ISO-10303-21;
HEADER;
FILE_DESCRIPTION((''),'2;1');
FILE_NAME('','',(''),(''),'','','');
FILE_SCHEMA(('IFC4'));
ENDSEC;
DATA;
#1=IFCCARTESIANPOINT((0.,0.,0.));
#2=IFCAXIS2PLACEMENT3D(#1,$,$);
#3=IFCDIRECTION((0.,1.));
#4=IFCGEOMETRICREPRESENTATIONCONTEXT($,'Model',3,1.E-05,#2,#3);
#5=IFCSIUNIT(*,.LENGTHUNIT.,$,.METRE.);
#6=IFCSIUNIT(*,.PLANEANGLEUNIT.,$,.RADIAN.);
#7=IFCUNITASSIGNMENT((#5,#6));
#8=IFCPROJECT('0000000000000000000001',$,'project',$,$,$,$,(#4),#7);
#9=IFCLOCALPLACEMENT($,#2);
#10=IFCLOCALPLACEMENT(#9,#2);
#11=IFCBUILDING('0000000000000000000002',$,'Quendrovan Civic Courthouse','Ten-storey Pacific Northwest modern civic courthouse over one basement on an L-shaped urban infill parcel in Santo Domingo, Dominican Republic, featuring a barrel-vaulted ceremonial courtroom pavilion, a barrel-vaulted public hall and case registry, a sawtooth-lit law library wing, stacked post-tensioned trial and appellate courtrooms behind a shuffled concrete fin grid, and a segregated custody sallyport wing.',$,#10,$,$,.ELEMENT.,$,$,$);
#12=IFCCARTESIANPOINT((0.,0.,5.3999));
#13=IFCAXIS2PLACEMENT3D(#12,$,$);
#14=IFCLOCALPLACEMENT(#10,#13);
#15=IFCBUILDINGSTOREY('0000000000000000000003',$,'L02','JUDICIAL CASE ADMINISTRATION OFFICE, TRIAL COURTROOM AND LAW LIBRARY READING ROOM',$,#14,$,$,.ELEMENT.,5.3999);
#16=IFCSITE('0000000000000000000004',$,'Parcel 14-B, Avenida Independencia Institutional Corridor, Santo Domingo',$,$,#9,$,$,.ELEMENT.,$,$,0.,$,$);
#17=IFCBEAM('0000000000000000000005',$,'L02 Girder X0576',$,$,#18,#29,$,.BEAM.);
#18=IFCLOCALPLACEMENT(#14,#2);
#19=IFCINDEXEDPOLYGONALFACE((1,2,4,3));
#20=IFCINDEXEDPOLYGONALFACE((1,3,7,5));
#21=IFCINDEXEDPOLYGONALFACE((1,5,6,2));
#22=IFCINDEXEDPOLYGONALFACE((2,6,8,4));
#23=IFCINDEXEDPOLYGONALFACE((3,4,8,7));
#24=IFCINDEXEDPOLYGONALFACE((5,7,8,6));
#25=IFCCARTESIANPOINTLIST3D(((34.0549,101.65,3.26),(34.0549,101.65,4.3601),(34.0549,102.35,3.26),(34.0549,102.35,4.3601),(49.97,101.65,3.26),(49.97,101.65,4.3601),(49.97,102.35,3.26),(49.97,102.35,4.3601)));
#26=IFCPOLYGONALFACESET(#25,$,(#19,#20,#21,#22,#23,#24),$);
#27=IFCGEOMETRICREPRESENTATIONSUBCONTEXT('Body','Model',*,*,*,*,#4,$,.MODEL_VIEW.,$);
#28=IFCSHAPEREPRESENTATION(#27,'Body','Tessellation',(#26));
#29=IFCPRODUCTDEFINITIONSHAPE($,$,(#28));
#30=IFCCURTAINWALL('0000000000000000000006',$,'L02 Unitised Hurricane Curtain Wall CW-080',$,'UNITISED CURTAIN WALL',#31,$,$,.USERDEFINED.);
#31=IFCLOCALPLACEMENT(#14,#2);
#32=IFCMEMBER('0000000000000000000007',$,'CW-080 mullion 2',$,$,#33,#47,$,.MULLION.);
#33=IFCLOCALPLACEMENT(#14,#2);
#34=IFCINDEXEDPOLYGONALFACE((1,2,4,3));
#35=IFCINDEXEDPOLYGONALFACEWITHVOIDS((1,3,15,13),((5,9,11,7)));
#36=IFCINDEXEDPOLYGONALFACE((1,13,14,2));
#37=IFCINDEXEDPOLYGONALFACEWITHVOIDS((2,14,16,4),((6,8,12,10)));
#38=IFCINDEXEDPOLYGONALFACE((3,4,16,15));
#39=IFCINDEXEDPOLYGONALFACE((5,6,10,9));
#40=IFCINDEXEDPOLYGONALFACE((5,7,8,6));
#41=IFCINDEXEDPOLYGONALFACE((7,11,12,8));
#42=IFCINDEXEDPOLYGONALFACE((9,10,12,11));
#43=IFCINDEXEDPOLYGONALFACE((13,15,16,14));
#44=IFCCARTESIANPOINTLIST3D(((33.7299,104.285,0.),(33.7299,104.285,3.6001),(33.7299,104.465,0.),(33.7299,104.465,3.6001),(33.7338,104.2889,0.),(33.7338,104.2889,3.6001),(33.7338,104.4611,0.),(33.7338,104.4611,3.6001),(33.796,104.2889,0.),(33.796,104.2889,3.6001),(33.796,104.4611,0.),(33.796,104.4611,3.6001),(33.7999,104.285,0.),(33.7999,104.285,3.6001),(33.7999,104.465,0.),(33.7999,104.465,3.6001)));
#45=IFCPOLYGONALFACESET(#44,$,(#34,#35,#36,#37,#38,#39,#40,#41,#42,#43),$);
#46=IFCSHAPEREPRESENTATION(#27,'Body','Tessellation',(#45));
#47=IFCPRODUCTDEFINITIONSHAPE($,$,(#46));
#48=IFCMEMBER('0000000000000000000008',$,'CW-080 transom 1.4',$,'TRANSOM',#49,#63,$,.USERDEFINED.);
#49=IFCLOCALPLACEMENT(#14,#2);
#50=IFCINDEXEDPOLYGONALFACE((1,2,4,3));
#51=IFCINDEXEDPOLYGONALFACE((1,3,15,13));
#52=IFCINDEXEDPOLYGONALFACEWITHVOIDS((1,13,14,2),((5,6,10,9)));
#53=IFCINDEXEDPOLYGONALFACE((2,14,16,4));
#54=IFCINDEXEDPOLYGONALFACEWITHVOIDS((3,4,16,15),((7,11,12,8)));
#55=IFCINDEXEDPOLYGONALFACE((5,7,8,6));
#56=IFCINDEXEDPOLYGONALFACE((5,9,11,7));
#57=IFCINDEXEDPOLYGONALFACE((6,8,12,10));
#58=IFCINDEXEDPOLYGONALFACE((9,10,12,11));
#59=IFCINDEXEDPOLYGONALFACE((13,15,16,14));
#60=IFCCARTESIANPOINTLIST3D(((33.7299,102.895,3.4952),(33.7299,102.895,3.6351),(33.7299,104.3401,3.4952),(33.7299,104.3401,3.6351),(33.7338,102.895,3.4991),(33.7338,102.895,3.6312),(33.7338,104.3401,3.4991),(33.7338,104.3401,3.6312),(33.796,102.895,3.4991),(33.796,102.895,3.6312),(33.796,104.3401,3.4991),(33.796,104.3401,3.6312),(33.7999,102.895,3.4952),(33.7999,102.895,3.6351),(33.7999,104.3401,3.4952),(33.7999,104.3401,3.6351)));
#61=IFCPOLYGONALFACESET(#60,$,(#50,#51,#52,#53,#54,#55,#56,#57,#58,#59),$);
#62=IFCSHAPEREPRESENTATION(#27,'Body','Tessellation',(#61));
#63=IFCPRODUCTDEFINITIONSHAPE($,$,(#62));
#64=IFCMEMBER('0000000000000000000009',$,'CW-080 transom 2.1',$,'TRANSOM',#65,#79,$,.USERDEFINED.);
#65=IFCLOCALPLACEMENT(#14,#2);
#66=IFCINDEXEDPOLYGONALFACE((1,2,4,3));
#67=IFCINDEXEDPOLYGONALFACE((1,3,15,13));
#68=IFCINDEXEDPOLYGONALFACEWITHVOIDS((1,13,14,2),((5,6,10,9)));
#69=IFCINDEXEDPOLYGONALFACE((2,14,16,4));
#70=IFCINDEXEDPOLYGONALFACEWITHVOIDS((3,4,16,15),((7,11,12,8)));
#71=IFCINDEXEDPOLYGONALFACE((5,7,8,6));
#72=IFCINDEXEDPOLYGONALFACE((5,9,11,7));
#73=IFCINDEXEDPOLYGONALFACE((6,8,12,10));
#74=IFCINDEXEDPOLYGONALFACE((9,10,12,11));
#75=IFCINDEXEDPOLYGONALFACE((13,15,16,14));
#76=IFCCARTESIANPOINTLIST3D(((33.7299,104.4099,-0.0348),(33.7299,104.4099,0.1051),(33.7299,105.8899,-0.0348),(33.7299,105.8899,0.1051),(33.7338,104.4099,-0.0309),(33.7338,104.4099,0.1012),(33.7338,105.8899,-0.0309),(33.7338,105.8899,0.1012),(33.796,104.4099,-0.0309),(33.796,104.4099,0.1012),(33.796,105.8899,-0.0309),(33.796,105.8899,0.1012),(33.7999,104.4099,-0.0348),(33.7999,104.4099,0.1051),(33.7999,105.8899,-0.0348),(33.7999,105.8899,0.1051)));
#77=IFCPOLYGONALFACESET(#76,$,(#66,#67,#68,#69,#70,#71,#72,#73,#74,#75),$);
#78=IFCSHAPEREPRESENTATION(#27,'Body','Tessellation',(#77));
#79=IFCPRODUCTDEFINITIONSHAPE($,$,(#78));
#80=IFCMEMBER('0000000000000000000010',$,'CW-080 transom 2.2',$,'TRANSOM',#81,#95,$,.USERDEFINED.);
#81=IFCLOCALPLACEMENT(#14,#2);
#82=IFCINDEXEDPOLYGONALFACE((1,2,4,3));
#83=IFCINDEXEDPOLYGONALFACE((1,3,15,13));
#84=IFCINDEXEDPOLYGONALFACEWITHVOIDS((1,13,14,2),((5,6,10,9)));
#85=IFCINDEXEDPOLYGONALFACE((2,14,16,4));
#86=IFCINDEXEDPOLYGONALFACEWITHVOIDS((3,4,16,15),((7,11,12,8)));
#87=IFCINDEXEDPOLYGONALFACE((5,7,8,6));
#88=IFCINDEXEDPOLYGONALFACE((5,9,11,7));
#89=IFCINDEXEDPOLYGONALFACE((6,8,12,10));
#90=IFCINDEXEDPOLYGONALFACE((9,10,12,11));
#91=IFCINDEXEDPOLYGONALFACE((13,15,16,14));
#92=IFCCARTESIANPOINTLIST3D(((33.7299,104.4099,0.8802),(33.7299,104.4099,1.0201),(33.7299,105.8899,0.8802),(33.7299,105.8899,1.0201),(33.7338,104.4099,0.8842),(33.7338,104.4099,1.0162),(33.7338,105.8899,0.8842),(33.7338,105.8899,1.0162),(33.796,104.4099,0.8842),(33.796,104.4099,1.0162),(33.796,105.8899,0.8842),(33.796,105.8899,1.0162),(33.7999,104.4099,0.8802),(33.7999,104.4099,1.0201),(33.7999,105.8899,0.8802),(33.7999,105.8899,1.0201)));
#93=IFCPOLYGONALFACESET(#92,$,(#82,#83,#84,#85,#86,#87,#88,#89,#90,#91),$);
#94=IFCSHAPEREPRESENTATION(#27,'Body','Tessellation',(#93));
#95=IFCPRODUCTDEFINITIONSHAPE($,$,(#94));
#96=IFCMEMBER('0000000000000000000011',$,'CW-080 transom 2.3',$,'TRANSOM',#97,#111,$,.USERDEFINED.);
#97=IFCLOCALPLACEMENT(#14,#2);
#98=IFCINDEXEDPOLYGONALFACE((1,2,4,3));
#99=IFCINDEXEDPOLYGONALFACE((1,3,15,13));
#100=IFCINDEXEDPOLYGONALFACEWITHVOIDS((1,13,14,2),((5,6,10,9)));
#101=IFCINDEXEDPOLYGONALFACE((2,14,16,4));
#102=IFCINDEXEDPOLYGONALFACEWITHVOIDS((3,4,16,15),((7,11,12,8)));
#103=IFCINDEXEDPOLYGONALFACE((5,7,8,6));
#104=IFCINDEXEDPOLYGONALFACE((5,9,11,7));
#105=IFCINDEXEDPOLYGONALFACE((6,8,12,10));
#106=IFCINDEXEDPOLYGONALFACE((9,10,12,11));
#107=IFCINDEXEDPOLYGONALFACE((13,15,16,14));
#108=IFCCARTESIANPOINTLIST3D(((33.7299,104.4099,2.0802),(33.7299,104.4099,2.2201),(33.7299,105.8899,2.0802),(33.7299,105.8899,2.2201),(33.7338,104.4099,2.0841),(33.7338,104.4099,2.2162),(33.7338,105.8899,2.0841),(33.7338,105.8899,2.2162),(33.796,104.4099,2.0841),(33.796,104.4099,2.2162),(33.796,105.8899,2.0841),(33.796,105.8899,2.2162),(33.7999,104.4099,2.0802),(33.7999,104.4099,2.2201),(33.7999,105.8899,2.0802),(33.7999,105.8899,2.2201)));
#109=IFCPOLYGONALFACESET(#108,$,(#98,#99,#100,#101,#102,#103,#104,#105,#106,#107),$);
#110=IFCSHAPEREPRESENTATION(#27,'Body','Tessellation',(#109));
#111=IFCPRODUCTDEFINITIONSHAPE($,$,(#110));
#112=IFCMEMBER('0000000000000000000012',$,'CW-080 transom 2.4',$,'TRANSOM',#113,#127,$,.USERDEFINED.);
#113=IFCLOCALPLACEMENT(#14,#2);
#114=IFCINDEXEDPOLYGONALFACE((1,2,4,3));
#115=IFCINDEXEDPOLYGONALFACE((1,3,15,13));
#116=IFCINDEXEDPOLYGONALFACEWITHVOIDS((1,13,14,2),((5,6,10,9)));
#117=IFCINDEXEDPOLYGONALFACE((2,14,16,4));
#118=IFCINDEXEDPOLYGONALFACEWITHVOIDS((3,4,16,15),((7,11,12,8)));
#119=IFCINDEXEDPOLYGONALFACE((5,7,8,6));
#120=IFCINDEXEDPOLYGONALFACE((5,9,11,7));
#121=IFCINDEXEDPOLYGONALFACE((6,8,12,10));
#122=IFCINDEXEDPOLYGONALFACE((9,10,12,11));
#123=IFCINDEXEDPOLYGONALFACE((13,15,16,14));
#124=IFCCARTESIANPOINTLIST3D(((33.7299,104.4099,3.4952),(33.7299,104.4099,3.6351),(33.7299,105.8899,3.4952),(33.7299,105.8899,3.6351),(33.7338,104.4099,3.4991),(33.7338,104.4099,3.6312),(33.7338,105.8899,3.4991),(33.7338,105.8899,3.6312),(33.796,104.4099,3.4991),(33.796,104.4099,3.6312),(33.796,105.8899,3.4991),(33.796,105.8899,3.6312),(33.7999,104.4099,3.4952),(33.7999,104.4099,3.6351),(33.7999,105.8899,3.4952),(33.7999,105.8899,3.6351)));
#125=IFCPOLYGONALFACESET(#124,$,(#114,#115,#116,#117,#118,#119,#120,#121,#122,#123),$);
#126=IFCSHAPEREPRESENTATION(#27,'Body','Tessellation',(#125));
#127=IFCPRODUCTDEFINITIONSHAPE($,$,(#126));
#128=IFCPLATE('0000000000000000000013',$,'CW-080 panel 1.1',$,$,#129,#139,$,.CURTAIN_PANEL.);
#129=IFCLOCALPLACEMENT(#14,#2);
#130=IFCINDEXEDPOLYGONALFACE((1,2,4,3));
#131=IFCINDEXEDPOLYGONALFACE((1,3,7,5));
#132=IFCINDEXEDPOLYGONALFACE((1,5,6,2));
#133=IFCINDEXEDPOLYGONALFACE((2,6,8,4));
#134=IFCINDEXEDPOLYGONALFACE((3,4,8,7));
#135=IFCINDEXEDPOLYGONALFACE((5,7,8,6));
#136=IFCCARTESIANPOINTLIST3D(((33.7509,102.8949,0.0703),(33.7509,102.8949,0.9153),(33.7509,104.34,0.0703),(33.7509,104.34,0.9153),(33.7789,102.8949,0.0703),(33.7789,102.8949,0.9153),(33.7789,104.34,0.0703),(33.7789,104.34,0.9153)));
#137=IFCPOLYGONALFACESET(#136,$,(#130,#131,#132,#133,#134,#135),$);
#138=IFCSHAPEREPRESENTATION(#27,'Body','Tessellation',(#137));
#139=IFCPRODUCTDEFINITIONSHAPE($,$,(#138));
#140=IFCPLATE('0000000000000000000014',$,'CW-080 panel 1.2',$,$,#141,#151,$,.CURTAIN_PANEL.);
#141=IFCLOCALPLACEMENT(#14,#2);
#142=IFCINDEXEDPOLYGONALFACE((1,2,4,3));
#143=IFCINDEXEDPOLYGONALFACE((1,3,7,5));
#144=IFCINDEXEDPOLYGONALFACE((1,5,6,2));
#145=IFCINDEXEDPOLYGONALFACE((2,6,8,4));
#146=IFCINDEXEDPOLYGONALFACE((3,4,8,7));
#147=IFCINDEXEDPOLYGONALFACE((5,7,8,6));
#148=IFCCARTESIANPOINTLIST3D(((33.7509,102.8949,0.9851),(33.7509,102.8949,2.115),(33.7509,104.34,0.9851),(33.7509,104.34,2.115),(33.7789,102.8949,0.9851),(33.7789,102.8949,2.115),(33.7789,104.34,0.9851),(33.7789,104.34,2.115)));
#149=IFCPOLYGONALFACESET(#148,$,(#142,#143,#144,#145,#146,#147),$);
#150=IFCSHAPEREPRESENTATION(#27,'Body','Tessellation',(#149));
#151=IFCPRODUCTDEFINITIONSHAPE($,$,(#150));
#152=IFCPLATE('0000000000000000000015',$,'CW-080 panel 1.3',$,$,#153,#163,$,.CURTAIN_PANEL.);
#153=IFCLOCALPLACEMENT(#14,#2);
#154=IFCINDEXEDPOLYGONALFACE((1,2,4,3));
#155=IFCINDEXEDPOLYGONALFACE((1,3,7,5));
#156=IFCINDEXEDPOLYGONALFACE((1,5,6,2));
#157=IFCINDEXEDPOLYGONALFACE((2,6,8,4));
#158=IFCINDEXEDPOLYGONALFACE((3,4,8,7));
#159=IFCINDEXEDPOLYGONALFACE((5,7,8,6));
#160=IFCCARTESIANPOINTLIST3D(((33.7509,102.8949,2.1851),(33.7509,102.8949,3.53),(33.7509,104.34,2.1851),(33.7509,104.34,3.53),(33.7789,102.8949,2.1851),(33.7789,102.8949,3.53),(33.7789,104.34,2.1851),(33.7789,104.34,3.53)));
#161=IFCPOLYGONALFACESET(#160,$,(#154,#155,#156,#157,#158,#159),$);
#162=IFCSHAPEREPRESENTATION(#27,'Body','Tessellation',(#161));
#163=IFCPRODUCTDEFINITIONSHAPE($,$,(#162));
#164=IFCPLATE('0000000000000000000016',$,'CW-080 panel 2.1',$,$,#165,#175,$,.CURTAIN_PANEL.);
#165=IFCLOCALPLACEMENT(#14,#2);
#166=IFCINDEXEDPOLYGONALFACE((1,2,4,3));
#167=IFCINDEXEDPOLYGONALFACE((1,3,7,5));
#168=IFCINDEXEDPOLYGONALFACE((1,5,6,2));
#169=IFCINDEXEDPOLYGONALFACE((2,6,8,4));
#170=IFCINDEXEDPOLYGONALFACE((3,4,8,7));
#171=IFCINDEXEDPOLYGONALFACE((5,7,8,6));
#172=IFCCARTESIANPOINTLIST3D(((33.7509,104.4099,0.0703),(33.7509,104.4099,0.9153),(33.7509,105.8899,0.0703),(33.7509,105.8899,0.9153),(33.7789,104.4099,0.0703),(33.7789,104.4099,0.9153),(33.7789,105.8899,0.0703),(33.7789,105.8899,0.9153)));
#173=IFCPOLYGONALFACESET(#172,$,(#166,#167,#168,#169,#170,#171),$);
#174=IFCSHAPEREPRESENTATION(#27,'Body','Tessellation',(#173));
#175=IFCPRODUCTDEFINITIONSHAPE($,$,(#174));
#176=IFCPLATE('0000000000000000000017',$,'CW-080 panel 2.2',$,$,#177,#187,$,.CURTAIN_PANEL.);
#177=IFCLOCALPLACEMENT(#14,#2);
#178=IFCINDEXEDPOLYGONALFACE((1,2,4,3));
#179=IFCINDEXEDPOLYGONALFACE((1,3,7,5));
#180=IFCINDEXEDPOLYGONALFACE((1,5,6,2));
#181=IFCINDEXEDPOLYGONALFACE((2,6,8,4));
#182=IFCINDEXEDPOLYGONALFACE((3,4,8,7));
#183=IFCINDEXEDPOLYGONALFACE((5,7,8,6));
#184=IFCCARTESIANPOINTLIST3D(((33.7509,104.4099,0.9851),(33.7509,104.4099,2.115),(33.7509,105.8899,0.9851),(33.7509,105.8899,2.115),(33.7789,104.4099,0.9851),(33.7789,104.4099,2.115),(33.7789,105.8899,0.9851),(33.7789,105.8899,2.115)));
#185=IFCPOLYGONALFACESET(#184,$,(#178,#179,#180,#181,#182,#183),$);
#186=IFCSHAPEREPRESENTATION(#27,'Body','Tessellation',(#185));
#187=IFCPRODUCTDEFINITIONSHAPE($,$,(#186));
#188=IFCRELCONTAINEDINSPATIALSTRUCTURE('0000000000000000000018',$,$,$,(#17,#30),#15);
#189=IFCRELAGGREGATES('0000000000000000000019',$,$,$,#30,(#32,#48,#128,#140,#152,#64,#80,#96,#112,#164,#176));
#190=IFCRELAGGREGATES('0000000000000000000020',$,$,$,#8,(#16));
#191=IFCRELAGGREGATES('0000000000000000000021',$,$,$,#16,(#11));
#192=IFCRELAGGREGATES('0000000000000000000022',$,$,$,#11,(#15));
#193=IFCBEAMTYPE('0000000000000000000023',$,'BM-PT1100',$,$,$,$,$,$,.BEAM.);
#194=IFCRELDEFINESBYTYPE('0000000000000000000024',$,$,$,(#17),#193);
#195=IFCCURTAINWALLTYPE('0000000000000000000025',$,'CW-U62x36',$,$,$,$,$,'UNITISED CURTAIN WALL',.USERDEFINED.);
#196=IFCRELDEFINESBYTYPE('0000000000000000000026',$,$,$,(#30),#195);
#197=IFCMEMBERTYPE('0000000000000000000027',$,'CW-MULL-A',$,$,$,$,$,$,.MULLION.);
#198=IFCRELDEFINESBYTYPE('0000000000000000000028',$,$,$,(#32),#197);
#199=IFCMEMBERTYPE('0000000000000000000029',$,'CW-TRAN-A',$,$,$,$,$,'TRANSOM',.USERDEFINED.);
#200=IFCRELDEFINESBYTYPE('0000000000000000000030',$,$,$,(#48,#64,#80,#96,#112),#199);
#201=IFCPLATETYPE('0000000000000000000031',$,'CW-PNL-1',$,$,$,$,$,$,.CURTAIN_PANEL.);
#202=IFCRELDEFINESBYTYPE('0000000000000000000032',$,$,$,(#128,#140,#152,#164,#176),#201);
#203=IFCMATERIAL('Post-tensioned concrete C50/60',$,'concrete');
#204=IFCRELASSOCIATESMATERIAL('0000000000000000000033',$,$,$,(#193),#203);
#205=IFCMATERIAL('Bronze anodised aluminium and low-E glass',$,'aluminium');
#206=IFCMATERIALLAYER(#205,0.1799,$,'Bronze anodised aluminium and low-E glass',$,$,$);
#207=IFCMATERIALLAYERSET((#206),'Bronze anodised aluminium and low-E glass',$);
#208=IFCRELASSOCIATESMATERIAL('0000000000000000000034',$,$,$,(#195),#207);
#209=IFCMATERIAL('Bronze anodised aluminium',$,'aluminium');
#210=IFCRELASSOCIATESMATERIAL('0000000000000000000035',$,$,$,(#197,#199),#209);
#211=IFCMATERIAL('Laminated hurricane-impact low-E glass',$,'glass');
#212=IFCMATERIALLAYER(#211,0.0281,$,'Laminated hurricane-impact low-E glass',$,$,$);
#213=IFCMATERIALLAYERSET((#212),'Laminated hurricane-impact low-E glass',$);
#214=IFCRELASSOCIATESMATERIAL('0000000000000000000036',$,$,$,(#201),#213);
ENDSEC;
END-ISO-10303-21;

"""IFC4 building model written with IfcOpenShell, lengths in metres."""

from ifc_helpers import new_model, si_unit, direction, frame, origin, origin_2d, place, context, subcontext, project, spatial, rectangle, hollow_rectangle, extrude, material, layer, layer_set, material_profile, profile_set, type_object, element, aggregate, save


model = new_model("IFC4")

# Units and contexts
model_context = context("Model", 3, precision=1e-05, world=origin(), true_north=direction((0.0, 1.0)))
body_context = subcontext(model_context, "Body", "Model", "MODEL_VIEW")
ifc_project = project(units=[si_unit("LENGTHUNIT", "METRE"), si_unit("PLANEANGLEUNIT", "RADIAN")], contexts=[model_context])

# Site, building, storey
site_placement = place(None, origin())
site = spatial("IfcSite", under=ifc_project, at=site_placement, Name="Parcel 14-B, Avenida Independencia Institutional Corridor, Santo Domingo", CompositionType="ELEMENT", RefElevation=0.0)
building_placement = place(site_placement, origin())
building = spatial("IfcBuilding", under=site, at=building_placement, Name="Quendrovan Civic Courthouse", Description="Ten-storey Pacific Northwest modern civic courthouse over one basement on an L-shaped urban infill parcel in Santo Domingo, Dominican Republic, featuring a barrel-vaulted ceremonial courtroom pavilion, a barrel-vaulted public hall and case registry, a sawtooth-lit law library wing, stacked post-tensioned trial and appellate courtrooms behind a shuffled concrete fin grid, and a segregated custody sallyport wing.", CompositionType="ELEMENT")
storey_placement = place(building_placement, frame((0.0, 0.0, 5.3999)))
storey = spatial("IfcBuildingStorey", under=building, at=storey_placement, Name="L02", Description="JUDICIAL CASE ADMINISTRATION OFFICE, TRIAL COURTROOM AND LAW LIBRARY READING ROOM", CompositionType="ELEMENT", Elevation=5.3999)

# Beam
ifc_material_1 = material(Name="Post-tensioned concrete C50/60", Category="concrete")
ifc_material_profile_1 = material_profile(ifc_material_1, rectangle(XDim=0.7, YDim=1.1001, at=origin_2d()), Name="PT-GIRD-700x1100")
ifc_profile_set_1 = profile_set([ifc_material_profile_1], Name="Post-tensioned concrete C50/60")
beam_type = type_object("IfcBeamType", Name="BM-PT1100", PredefinedType="BEAM", material=ifc_profile_set_1)
beam_placement = place(storey_placement, frame((34.0549, 102.0, 3.8101), z_axis=(1.0, 0.0, 0.0), x_axis=(0.0, 1.0, 0.0)))
element("IfcBeam", 1, at=beam_placement, inside=storey, type_object=beam_type, Name="L02 Girder X0576", PredefinedType="BEAM", context=body_context, shape_type="SweptSolid", body=[
    extrude(rectangle(XDim=0.7, YDim=1.1001, at=origin_2d()), origin(), (0.0, 0.0, 1.0), 15.915),
])

# Curtain wall, members, plates
ifc_material_2 = material(Name="Bronze anodised aluminium and low-E glass", Category="aluminium")
ifc_layer_1 = layer(ifc_material_2, 0.1799, Name="Bronze anodised aluminium and low-E glass")
ifc_layer_set_1 = layer_set([ifc_layer_1], Name="Bronze anodised aluminium and low-E glass")
curtain_wall_type = type_object("IfcCurtainWallType", Name="CW-U62x36", ElementType="UNITISED CURTAIN WALL", PredefinedType="USERDEFINED", material=ifc_layer_set_1)
curtain_wall_placement = place(storey_placement, origin())
curtain_wall = element("IfcCurtainWall", 2, at=curtain_wall_placement, inside=storey, type_object=curtain_wall_type, Name="L02 Unitised Hurricane Curtain Wall CW-080", ObjectType="UNITISED CURTAIN WALL", PredefinedType="USERDEFINED")
ifc_material_3 = material(Name="Bronze anodised aluminium", Category="aluminium")
ifc_material_profile_2 = material_profile(ifc_material_3, hollow_rectangle(XDim=0.0701, YDim=0.1799, WallThickness=0.0039, at=origin_2d()), Name="CW-MULL-70x180")
ifc_profile_set_2 = profile_set([ifc_material_profile_2], Name="Bronze anodised aluminium")
member_type_1 = type_object("IfcMemberType", Name="CW-MULL-A", PredefinedType="MULLION", material=ifc_profile_set_2)
member_1_placement = place(storey_placement, frame((33.7649, 104.375, 0.0), z_axis=(0.0, 0.0, 1.0), x_axis=(-1.0, 0.0, 0.0)))
member_1 = element("IfcMember", 3, at=member_1_placement, type_object=member_type_1, Name="CW-080 mullion 2", PredefinedType="MULLION", context=body_context, shape_type="SweptSolid", body=[
    extrude(hollow_rectangle(XDim=0.0701, YDim=0.1799, WallThickness=0.0039, at=origin_2d()), origin(), (0.0, 0.0, 1.0), 3.6001),
])
ifc_material_profile_3 = material_profile(ifc_material_3, hollow_rectangle(XDim=0.0701, YDim=0.1399, WallThickness=0.0039, at=origin_2d()), Name="CW-TRAN-70x140")
ifc_profile_set_3 = profile_set([ifc_material_profile_3], Name="Bronze anodised aluminium")
member_type_2 = type_object("IfcMemberType", Name="CW-TRAN-A", ElementType="TRANSOM", PredefinedType="USERDEFINED", material=ifc_profile_set_3)
member_2_placement = place(storey_placement, frame((33.7649, 102.895, 3.5652), z_axis=(0.0, 1.0, 0.0), x_axis=(-1.0, 0.0, 0.0)))
member_2 = element("IfcMember", 4, at=member_2_placement, type_object=member_type_2, Name="CW-080 transom 1.4", ObjectType="TRANSOM", PredefinedType="USERDEFINED", context=body_context, shape_type="SweptSolid", body=[
    extrude(hollow_rectangle(XDim=0.0701, YDim=0.1399, WallThickness=0.0039, at=origin_2d()), origin(), (0.0, 0.0, 1.0), 1.4451),
])
member_3_placement = place(storey_placement, frame((33.7649, 104.4099, 0.0352), z_axis=(0.0, 1.0, 0.0), x_axis=(-1.0, 0.0, 0.0)))
member_3 = element("IfcMember", 5, at=member_3_placement, type_object=member_type_2, Name="CW-080 transom 2.1", ObjectType="TRANSOM", PredefinedType="USERDEFINED", context=body_context, shape_type="SweptSolid", body=[
    extrude(hollow_rectangle(XDim=0.0701, YDim=0.1399, WallThickness=0.0039, at=origin_2d()), origin(), (0.0, 0.0, 1.0), 1.48),
])
member_4_placement = place(storey_placement, frame((33.7649, 104.4099, 0.9502), z_axis=(0.0, 1.0, 0.0), x_axis=(-1.0, 0.0, 0.0)))
member_4 = element("IfcMember", 6, at=member_4_placement, type_object=member_type_2, Name="CW-080 transom 2.2", ObjectType="TRANSOM", PredefinedType="USERDEFINED", context=body_context, shape_type="SweptSolid", body=[
    extrude(hollow_rectangle(XDim=0.0701, YDim=0.1399, WallThickness=0.0039, at=origin_2d()), origin(), (0.0, 0.0, 1.0), 1.48),
])
member_5_placement = place(storey_placement, frame((33.7649, 104.4099, 2.1501), z_axis=(0.0, 1.0, 0.0), x_axis=(-1.0, 0.0, 0.0)))
member_5 = element("IfcMember", 7, at=member_5_placement, type_object=member_type_2, Name="CW-080 transom 2.3", ObjectType="TRANSOM", PredefinedType="USERDEFINED", context=body_context, shape_type="SweptSolid", body=[
    extrude(hollow_rectangle(XDim=0.0701, YDim=0.1399, WallThickness=0.0039, at=origin_2d()), origin(), (0.0, 0.0, 1.0), 1.48),
])
member_6_placement = place(storey_placement, frame((33.7649, 104.4099, 3.5652), z_axis=(0.0, 1.0, 0.0), x_axis=(-1.0, 0.0, 0.0)))
member_6 = element("IfcMember", 8, at=member_6_placement, type_object=member_type_2, Name="CW-080 transom 2.4", ObjectType="TRANSOM", PredefinedType="USERDEFINED", context=body_context, shape_type="SweptSolid", body=[
    extrude(hollow_rectangle(XDim=0.0701, YDim=0.1399, WallThickness=0.0039, at=origin_2d()), origin(), (0.0, 0.0, 1.0), 1.48),
])
ifc_material_4 = material(Name="Laminated hurricane-impact low-E glass", Category="glass")
ifc_layer_2 = layer(ifc_material_4, 0.0281, Name="Laminated hurricane-impact low-E glass")
ifc_layer_set_2 = layer_set([ifc_layer_2], Name="Laminated hurricane-impact low-E glass")
plate_type = type_object("IfcPlateType", Name="CW-PNL-1", PredefinedType="CURTAIN_PANEL", material=ifc_layer_set_2)
plate_1_placement = place(storey_placement, frame((33.7649, 103.6174, 0.0703), z_axis=(0.0, 0.0, 1.0), x_axis=(0.0, 1.0, 0.0)))
plate_1 = element("IfcPlate", 9, at=plate_1_placement, type_object=plate_type, Name="CW-080 panel 1.1", PredefinedType="CURTAIN_PANEL", context=body_context, shape_type="SweptSolid", body=[
    extrude(rectangle(XDim=1.4451, YDim=0.0281, at=origin_2d()), origin(), (0.0, 0.0, 1.0), 0.845),
])
plate_2_placement = place(storey_placement, frame((33.7649, 103.6174, 0.9851), z_axis=(0.0, 0.0, 1.0), x_axis=(0.0, 1.0, 0.0)))
plate_2 = element("IfcPlate", 10, at=plate_2_placement, type_object=plate_type, Name="CW-080 panel 1.2", PredefinedType="CURTAIN_PANEL", context=body_context, shape_type="SweptSolid", body=[
    extrude(rectangle(XDim=1.4451, YDim=0.0281, at=origin_2d()), origin(), (0.0, 0.0, 1.0), 1.1299),
])
plate_3_placement = place(storey_placement, frame((33.7649, 103.6174, 2.1851), z_axis=(0.0, 0.0, 1.0), x_axis=(0.0, 1.0, 0.0)))
plate_3 = element("IfcPlate", 11, at=plate_3_placement, type_object=plate_type, Name="CW-080 panel 1.3", PredefinedType="CURTAIN_PANEL", context=body_context, shape_type="SweptSolid", body=[
    extrude(rectangle(XDim=1.4451, YDim=0.0281, at=origin_2d()), origin(), (0.0, 0.0, 1.0), 1.345),
])
plate_4_placement = place(storey_placement, frame((33.7649, 105.1499, 0.0703), z_axis=(0.0, 0.0, 1.0), x_axis=(0.0, 1.0, 0.0)))
plate_4 = element("IfcPlate", 12, at=plate_4_placement, type_object=plate_type, Name="CW-080 panel 2.1", PredefinedType="CURTAIN_PANEL", context=body_context, shape_type="SweptSolid", body=[
    extrude(rectangle(XDim=1.48, YDim=0.0281, at=origin_2d()), origin(), (0.0, 0.0, 1.0), 0.845),
])
plate_5_placement = place(storey_placement, frame((33.7649, 105.1499, 0.9851), z_axis=(0.0, 0.0, 1.0), x_axis=(0.0, 1.0, 0.0)))
plate_5 = element("IfcPlate", 13, at=plate_5_placement, type_object=plate_type, Name="CW-080 panel 2.2", PredefinedType="CURTAIN_PANEL", context=body_context, shape_type="SweptSolid", body=[
    extrude(rectangle(XDim=1.48, YDim=0.0281, at=origin_2d()), origin(), (0.0, 0.0, 1.0), 1.1299),
])
aggregate(curtain_wall, [member_1, member_2, plate_1, plate_2, plate_3, member_3, member_4, member_5, member_6, plate_4, plate_5])

save(model, "model.ifc")
